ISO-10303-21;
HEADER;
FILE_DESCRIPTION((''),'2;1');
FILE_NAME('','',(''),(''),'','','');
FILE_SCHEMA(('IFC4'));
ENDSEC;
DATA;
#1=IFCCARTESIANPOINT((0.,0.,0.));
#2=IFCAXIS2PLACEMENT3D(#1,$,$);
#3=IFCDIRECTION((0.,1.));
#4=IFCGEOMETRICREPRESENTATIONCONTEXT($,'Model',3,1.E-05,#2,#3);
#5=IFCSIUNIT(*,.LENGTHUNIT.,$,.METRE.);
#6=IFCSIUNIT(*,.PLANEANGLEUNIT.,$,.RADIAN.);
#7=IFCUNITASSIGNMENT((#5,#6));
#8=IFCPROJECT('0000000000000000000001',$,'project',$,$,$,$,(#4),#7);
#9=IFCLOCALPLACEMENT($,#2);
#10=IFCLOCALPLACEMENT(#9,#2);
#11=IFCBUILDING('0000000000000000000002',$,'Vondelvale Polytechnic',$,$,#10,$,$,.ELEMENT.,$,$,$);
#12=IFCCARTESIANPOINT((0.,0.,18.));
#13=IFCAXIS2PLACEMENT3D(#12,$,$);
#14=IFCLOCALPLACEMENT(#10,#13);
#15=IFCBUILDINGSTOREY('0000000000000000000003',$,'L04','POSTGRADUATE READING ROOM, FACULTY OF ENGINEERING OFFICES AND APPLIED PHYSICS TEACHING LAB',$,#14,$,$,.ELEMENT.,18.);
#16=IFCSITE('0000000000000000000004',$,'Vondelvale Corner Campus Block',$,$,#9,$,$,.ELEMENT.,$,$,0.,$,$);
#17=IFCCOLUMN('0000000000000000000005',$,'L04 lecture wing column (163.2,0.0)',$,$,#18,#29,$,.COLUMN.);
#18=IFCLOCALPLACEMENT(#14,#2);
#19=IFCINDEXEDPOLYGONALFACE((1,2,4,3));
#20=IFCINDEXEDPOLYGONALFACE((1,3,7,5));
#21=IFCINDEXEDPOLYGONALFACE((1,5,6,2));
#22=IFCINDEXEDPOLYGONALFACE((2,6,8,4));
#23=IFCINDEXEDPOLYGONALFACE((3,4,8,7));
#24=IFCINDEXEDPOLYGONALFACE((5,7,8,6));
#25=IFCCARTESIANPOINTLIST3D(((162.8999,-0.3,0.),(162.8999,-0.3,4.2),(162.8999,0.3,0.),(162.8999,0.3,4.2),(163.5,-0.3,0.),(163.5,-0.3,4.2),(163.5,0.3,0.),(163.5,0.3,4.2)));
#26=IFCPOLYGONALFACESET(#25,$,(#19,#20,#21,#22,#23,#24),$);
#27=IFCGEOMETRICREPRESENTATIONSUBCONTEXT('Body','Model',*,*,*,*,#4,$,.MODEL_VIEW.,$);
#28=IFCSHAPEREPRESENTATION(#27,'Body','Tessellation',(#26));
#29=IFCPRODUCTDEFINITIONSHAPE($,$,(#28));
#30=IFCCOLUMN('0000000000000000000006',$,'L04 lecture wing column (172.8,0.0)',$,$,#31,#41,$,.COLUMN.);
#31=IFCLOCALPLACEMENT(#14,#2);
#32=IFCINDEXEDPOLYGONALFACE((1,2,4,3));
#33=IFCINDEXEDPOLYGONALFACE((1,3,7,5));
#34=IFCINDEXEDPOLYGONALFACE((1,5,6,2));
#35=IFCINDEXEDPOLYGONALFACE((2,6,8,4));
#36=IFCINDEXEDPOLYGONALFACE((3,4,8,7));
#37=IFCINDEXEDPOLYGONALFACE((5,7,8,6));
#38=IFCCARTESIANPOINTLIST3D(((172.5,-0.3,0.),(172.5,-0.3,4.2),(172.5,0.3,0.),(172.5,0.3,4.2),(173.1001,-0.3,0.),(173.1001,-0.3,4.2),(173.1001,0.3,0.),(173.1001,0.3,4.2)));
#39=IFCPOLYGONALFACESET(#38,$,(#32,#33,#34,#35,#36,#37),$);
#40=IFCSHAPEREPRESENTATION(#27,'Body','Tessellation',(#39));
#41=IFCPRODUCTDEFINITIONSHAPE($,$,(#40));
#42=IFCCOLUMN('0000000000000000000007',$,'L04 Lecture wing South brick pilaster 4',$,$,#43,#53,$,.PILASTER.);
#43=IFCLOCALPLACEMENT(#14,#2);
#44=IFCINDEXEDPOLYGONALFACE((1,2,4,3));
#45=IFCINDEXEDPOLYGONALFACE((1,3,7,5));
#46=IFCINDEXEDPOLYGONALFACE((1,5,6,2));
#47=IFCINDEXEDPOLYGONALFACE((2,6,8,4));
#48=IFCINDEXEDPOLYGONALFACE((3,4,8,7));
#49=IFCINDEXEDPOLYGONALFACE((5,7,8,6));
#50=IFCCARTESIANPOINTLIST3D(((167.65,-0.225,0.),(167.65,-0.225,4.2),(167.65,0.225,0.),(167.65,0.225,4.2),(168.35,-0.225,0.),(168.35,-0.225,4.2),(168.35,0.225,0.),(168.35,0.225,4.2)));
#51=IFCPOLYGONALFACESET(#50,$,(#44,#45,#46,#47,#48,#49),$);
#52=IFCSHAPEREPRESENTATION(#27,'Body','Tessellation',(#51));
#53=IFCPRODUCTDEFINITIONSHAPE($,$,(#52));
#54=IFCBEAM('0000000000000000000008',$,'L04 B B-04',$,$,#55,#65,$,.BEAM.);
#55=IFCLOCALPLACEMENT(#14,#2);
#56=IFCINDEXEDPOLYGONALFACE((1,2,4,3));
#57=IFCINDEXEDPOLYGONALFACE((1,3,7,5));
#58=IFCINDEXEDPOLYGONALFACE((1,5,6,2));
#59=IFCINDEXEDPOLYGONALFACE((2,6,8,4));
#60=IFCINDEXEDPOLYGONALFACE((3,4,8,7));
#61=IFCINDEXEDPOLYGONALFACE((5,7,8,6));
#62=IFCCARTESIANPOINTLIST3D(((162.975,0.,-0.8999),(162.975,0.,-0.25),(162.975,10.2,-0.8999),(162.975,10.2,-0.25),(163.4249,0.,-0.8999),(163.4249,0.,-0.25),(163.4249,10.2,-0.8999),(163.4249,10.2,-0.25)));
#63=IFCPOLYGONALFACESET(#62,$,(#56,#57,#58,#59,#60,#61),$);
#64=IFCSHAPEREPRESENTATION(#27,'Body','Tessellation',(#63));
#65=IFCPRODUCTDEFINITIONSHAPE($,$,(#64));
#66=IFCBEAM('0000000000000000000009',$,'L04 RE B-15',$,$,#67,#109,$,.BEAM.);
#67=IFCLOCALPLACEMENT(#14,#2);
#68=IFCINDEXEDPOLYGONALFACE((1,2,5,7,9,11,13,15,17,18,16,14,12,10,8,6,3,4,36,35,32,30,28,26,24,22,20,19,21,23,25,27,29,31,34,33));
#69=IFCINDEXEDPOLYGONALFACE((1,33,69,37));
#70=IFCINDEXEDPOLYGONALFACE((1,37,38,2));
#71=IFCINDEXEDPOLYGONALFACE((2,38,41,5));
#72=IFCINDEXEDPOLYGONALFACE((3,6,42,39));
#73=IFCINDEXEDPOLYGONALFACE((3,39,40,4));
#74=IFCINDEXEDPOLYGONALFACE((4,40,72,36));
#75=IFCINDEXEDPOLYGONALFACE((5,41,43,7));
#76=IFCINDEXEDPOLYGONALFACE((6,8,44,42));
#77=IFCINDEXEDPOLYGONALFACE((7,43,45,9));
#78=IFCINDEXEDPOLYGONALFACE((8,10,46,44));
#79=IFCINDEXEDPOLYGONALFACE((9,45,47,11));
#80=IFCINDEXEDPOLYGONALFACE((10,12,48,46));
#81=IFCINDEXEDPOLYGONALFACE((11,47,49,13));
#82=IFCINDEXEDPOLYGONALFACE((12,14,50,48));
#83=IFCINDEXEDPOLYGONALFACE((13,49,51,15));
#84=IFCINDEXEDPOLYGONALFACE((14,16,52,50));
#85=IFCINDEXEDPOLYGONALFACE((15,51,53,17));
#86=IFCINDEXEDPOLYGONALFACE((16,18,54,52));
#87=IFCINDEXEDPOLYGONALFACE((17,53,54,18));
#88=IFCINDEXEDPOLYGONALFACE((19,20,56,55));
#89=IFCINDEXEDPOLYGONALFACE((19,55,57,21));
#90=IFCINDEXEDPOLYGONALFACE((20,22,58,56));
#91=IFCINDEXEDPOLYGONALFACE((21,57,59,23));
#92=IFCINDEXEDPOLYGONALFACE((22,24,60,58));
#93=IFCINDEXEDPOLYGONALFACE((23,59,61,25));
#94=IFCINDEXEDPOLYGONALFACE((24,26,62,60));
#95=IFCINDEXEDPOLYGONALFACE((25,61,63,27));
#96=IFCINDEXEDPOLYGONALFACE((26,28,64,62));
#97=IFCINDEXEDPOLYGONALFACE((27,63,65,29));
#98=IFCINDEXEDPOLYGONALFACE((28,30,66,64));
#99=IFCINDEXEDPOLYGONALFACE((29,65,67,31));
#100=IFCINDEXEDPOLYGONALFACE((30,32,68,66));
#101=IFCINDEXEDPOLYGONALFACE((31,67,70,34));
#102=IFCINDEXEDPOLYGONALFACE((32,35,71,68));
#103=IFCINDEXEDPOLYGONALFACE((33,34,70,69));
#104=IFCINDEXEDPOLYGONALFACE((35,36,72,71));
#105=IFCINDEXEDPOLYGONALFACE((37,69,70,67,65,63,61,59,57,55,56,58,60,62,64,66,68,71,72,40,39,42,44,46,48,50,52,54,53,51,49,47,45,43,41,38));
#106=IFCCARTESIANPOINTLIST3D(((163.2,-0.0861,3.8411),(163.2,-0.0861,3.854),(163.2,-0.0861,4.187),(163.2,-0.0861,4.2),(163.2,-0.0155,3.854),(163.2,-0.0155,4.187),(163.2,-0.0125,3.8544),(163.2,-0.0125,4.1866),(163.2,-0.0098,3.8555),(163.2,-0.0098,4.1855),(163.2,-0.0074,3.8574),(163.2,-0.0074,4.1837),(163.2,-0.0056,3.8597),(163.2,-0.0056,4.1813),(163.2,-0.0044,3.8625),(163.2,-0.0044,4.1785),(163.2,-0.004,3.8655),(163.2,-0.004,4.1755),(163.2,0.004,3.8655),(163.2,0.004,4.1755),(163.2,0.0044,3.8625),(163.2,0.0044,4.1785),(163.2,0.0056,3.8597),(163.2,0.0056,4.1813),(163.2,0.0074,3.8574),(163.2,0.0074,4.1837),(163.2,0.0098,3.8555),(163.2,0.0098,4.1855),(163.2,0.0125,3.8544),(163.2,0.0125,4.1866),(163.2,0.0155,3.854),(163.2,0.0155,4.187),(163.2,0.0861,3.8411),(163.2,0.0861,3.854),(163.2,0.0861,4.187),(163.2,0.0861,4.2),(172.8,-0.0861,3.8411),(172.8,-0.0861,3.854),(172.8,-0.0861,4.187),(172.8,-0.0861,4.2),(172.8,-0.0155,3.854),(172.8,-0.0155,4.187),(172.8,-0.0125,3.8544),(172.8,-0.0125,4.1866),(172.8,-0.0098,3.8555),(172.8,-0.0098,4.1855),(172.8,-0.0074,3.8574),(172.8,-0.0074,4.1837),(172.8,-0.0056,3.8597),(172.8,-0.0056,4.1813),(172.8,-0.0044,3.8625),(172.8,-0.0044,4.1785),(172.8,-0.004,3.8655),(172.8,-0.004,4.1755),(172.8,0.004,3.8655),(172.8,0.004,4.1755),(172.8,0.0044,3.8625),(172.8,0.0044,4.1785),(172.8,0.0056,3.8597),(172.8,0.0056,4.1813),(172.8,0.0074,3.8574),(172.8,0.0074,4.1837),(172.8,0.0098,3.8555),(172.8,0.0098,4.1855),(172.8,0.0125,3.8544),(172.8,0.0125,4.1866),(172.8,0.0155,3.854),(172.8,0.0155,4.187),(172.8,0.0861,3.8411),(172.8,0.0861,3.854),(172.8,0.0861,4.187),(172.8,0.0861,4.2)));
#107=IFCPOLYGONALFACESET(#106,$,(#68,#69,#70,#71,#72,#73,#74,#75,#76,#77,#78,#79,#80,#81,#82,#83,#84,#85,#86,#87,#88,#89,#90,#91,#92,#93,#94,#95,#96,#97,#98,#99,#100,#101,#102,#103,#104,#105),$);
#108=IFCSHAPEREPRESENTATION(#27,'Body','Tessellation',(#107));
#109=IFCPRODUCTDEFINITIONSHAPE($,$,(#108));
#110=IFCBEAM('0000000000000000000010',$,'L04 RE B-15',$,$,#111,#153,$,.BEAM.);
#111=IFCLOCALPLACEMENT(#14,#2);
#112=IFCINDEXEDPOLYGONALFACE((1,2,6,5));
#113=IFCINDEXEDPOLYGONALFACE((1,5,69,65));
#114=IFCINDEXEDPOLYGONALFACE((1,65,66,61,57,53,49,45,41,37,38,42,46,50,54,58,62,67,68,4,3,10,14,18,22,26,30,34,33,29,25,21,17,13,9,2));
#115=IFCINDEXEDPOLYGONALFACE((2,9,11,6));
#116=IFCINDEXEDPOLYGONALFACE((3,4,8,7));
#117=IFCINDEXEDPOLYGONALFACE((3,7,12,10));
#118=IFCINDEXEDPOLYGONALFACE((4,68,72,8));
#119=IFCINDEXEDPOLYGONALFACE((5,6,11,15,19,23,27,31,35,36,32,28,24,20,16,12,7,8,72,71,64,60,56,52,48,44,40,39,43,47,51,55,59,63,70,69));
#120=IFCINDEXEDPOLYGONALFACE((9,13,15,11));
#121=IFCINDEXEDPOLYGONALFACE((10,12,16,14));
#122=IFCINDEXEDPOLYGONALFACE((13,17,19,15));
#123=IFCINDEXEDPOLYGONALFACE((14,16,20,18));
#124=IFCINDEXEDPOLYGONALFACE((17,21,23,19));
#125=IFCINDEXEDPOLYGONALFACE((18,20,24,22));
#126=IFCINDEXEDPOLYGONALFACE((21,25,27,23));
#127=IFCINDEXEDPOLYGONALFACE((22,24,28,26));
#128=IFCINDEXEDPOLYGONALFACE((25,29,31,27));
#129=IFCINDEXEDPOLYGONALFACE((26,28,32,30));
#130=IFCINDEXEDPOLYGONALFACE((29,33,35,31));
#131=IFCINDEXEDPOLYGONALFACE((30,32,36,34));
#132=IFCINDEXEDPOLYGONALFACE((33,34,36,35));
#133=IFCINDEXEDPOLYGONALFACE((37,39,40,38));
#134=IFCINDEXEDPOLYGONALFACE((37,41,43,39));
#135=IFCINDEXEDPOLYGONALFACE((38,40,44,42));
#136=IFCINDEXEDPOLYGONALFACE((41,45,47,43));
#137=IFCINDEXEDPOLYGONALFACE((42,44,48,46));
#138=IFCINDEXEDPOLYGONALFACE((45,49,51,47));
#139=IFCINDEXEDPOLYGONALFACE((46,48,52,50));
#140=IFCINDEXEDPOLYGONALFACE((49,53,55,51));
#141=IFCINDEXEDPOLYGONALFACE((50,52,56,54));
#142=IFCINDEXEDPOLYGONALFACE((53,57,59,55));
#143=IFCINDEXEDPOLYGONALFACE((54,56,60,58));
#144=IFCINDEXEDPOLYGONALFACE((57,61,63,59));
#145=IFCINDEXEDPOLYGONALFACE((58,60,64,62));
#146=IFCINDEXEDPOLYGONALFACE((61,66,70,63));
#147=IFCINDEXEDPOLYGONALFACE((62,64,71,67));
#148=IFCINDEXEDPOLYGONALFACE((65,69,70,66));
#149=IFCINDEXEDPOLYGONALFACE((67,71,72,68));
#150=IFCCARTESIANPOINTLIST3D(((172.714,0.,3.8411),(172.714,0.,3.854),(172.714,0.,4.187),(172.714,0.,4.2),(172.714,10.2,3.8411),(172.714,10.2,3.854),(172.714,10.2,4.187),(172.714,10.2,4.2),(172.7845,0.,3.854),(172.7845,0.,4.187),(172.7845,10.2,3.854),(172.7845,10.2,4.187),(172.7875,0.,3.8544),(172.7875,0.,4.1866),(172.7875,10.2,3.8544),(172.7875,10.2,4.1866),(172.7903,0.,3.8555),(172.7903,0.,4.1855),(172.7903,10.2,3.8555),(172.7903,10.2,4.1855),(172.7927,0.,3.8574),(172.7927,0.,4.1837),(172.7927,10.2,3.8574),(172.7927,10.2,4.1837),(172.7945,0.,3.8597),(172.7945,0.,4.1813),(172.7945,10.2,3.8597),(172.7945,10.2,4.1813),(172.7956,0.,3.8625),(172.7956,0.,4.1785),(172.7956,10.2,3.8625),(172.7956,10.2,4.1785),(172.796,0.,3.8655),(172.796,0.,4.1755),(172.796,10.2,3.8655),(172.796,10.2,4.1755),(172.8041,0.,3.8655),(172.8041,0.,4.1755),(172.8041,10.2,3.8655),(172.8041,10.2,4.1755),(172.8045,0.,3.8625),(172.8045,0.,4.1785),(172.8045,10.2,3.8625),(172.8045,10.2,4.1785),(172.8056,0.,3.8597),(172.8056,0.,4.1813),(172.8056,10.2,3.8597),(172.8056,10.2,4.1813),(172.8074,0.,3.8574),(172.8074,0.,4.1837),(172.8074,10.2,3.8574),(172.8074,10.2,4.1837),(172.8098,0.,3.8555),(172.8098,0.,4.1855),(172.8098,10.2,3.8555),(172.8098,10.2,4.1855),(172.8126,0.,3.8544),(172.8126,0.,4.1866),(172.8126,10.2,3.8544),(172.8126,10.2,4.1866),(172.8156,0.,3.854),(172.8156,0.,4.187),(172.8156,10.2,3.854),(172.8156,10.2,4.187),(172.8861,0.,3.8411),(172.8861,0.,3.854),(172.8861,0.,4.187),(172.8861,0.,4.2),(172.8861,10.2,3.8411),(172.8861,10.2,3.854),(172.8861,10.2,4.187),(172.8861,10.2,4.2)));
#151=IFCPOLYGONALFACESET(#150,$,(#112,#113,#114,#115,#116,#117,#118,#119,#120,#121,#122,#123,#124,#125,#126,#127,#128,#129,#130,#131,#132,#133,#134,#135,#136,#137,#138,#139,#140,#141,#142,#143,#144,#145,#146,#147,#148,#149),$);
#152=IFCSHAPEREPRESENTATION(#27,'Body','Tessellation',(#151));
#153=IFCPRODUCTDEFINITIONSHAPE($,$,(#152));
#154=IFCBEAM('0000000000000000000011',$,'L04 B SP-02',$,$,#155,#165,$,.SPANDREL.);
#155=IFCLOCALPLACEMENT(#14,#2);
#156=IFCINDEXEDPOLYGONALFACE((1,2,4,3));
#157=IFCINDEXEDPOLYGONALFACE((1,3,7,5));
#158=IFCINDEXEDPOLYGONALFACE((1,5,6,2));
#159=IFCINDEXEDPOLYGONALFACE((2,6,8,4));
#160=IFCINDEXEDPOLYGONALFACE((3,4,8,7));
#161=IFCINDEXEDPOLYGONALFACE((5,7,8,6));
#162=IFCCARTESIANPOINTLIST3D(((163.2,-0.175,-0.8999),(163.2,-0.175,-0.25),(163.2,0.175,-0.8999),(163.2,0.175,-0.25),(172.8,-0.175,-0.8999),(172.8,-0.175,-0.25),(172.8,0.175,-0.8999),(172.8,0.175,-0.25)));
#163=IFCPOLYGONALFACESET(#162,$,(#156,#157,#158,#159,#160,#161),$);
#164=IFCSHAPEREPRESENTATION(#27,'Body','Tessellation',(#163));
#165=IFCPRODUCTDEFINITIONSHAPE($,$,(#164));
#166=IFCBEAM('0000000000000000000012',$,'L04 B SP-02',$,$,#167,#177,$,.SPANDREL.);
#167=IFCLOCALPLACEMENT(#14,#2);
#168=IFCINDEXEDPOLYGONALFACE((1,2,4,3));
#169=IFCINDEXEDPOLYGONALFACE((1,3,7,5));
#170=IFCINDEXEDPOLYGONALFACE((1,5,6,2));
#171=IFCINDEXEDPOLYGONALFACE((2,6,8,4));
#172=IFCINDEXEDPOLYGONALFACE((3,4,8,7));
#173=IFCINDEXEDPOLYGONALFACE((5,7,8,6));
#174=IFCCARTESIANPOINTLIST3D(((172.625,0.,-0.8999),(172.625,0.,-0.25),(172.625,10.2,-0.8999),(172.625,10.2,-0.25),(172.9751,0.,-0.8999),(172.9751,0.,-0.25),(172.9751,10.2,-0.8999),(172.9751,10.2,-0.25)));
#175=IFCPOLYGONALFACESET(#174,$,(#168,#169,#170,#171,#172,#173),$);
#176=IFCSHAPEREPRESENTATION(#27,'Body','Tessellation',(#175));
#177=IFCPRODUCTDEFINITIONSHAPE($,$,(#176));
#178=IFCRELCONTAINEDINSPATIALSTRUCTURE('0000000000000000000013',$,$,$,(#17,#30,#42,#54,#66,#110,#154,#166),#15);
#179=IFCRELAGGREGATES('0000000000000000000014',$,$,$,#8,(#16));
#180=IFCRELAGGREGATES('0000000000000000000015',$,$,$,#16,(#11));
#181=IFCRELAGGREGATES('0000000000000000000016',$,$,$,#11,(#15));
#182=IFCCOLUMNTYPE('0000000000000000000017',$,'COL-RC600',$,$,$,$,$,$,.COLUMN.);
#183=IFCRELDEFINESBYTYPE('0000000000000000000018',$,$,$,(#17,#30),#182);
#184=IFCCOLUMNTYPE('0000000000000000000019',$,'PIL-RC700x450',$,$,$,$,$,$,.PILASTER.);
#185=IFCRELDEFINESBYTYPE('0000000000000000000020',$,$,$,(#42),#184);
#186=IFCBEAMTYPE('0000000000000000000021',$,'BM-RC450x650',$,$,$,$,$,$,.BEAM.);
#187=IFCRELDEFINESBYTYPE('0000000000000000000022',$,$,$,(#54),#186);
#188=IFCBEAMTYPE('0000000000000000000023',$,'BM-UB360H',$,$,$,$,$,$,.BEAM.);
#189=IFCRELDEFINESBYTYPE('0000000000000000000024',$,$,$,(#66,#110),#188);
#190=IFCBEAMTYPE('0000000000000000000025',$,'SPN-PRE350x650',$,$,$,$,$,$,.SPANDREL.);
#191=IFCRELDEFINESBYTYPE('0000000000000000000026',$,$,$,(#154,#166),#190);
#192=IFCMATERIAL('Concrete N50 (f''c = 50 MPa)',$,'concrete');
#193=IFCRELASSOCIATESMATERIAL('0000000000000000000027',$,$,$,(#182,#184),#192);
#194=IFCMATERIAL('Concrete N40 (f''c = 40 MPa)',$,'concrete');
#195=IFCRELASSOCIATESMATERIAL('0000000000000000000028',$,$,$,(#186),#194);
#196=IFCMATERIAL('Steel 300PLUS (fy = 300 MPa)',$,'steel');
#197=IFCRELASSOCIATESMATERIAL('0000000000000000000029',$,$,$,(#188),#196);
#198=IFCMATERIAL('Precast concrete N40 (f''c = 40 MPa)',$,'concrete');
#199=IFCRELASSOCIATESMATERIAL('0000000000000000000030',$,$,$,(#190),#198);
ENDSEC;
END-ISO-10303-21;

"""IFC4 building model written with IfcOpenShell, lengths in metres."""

from ifc_helpers import new_model, si_unit, direction, frame, origin, origin_2d, place, context, subcontext, project, spatial, rectangle, i_section, extrude, material, material_profile, profile_set, type_object, element, save


model = new_model("IFC4")

# Units and contexts
model_context = context("Model", 3, precision=1e-05, world=origin(), true_north=direction((0.0, 1.0)))
body_context = subcontext(model_context, "Body", "Model", "MODEL_VIEW")
ifc_project = project(units=[si_unit("LENGTHUNIT", "METRE"), si_unit("PLANEANGLEUNIT", "RADIAN")], contexts=[model_context])

# Site, building, storey
site_placement = place(None, origin())
site = spatial("IfcSite", under=ifc_project, at=site_placement, Name="Vondelvale Corner Campus Block", CompositionType="ELEMENT", RefElevation=0.0)
building_placement = place(site_placement, origin())
building = spatial("IfcBuilding", under=site, at=building_placement, Name="Vondelvale Polytechnic", CompositionType="ELEMENT")
storey_placement = place(building_placement, frame((0.0, 0.0, 18.0)))
storey = spatial("IfcBuildingStorey", under=building, at=storey_placement, Name="L04", Description="POSTGRADUATE READING ROOM, FACULTY OF ENGINEERING OFFICES AND APPLIED PHYSICS TEACHING LAB", CompositionType="ELEMENT", Elevation=18.0)

# Columns
ifc_material_1 = material(Name="Concrete N50 (f'c = 50 MPa)", Category="concrete")
ifc_material_profile_1 = material_profile(ifc_material_1, rectangle(XDim=0.6001, YDim=0.6001, at=origin_2d()), Name="RC-COL-600x600")
ifc_profile_set_1 = profile_set([ifc_material_profile_1], Name="Concrete N50 (f'c = 50 MPa)")
column_type_1 = type_object("IfcColumnType", Name="COL-RC600", PredefinedType="COLUMN", material=ifc_profile_set_1)
for number, where, z_axis, x_axis, name in (
    (1, (163.2, 0.0, 0.0), (0.0, 0.0, 1.0), (1.0, 0.0, 0.0), "L04 lecture wing column (163.2,0.0)"),
    (2, (172.8, 0.0, 0.0), (0.0, 0.0, 1.0), (1.0, 0.0, 0.0), "L04 lecture wing column (172.8,0.0)"),
):
    element("IfcColumn", number, at=place(storey_placement, frame(where, z_axis=z_axis, x_axis=x_axis)), inside=storey, type_object=column_type_1, Name=name, PredefinedType="COLUMN", context=body_context, shape_type="SweptSolid", body=[
        extrude(rectangle(XDim=0.6001, YDim=0.6001, at=origin_2d()), origin(), (0.0, 0.0, 1.0), 4.2),
    ])
ifc_material_profile_2 = material_profile(ifc_material_1, rectangle(XDim=0.45, YDim=0.7, at=origin_2d()), Name="RC-PIL-700x450")
ifc_profile_set_2 = profile_set([ifc_material_profile_2], Name="Concrete N50 (f'c = 50 MPa)")
column_type_2 = type_object("IfcColumnType", Name="PIL-RC700x450", PredefinedType="PILASTER", material=ifc_profile_set_2)
column_placement = place(storey_placement, frame((168.0, 0.0, 0.0), z_axis=(0.0, 0.0, 1.0), x_axis=(0.0, 1.0, 0.0)))
element("IfcColumn", 3, at=column_placement, inside=storey, type_object=column_type_2, Name="L04 Lecture wing South brick pilaster 4", PredefinedType="PILASTER", context=body_context, shape_type="SweptSolid", body=[
    extrude(rectangle(XDim=0.45, YDim=0.7, at=origin_2d()), origin(), (0.0, 0.0, 1.0), 4.2),
])

# Beams
ifc_material_2 = material(Name="Concrete N40 (f'c = 40 MPa)", Category="concrete")
ifc_material_profile_3 = material_profile(ifc_material_2, rectangle(XDim=0.45, YDim=0.6499, at=origin_2d()), Name="RC-BM-450x650")
ifc_profile_set_3 = profile_set([ifc_material_profile_3], Name="Concrete N40 (f'c = 40 MPa)")
beam_type_1 = type_object("IfcBeamType", Name="BM-RC450x650", PredefinedType="BEAM", material=ifc_profile_set_3)
beam_1_placement = place(storey_placement, frame((163.2, 0.0, -0.575), z_axis=(0.0, 1.0, 0.0), x_axis=(-1.0, 0.0, 0.0)))
element("IfcBeam", 4, at=beam_1_placement, inside=storey, type_object=beam_type_1, Name="L04 B B-04", PredefinedType="BEAM", context=body_context, shape_type="SweptSolid", body=[
    extrude(rectangle(XDim=0.45, YDim=0.6499, at=origin_2d()), origin(), (0.0, 0.0, 1.0), 10.2),
])
ifc_material_3 = material(Name="Steel 300PLUS (fy = 300 MPa)", Category="steel")
ifc_material_profile_4 = material_profile(ifc_material_3, i_section(OverallWidth=0.1721, OverallDepth=0.3589, WebThickness=0.0081, FlangeThickness=0.0129, FilletRadius=0.0115, at=origin_2d()), Name="360UB56.7")
ifc_profile_set_4 = profile_set([ifc_material_profile_4], Name="Steel 300PLUS (fy = 300 MPa)")
beam_type_2 = type_object("IfcBeamType", Name="BM-UB360H", PredefinedType="BEAM", material=ifc_profile_set_4)
beam_2_placement = place(storey_placement, frame((163.2, 0.0, 4.0205), z_axis=(1.0, 0.0, 0.0), x_axis=(0.0, 1.0, 0.0)))
element("IfcBeam", 5, at=beam_2_placement, inside=storey, type_object=beam_type_2, Name="L04 RE B-15", PredefinedType="BEAM", context=body_context, shape_type="SweptSolid", body=[
    extrude(i_section(OverallWidth=0.1721, OverallDepth=0.3589, WebThickness=0.0081, FlangeThickness=0.0129, FilletRadius=0.0115, at=origin_2d()), origin(), (0.0, 0.0, 1.0), 9.6001),
])
beam_3_placement = place(storey_placement, frame((172.8, 0.0, 4.0205), z_axis=(0.0, 1.0, 0.0), x_axis=(-1.0, 0.0, 0.0)))
element("IfcBeam", 6, at=beam_3_placement, inside=storey, type_object=beam_type_2, Name="L04 RE B-15", PredefinedType="BEAM", context=body_context, shape_type="SweptSolid", body=[
    extrude(i_section(OverallWidth=0.1721, OverallDepth=0.3589, WebThickness=0.0081, FlangeThickness=0.0129, FilletRadius=0.0115, at=origin_2d()), origin(), (0.0, 0.0, 1.0), 10.2),
])
ifc_material_4 = material(Name="Precast concrete N40 (f'c = 40 MPa)", Category="concrete")
ifc_material_profile_5 = material_profile(ifc_material_4, rectangle(XDim=0.3501, YDim=0.6499, at=origin_2d()), Name="RC-SPN-350x650")
ifc_profile_set_5 = profile_set([ifc_material_profile_5], Name="Precast concrete N40 (f'c = 40 MPa)")
beam_type_3 = type_object("IfcBeamType", Name="SPN-PRE350x650", PredefinedType="SPANDREL", material=ifc_profile_set_5)
beam_4_placement = place(storey_placement, frame((163.2, 0.0, -0.575), z_axis=(1.0, 0.0, 0.0), x_axis=(0.0, 1.0, 0.0)))
element("IfcBeam", 7, at=beam_4_placement, inside=storey, type_object=beam_type_3, Name="L04 B SP-02", PredefinedType="SPANDREL", context=body_context, shape_type="SweptSolid", body=[
    extrude(rectangle(XDim=0.3501, YDim=0.6499, at=origin_2d()), origin(), (0.0, 0.0, 1.0), 9.6001),
])
beam_5_placement = place(storey_placement, frame((172.8, 0.0, -0.575), z_axis=(0.0, 1.0, 0.0), x_axis=(-1.0, 0.0, 0.0)))
element("IfcBeam", 8, at=beam_5_placement, inside=storey, type_object=beam_type_3, Name="L04 B SP-02", PredefinedType="SPANDREL", context=body_context, shape_type="SweptSolid", body=[
    extrude(rectangle(XDim=0.3501, YDim=0.6499, at=origin_2d()), origin(), (0.0, 0.0, 1.0), 10.2),
])

save(model, "model.ifc")
